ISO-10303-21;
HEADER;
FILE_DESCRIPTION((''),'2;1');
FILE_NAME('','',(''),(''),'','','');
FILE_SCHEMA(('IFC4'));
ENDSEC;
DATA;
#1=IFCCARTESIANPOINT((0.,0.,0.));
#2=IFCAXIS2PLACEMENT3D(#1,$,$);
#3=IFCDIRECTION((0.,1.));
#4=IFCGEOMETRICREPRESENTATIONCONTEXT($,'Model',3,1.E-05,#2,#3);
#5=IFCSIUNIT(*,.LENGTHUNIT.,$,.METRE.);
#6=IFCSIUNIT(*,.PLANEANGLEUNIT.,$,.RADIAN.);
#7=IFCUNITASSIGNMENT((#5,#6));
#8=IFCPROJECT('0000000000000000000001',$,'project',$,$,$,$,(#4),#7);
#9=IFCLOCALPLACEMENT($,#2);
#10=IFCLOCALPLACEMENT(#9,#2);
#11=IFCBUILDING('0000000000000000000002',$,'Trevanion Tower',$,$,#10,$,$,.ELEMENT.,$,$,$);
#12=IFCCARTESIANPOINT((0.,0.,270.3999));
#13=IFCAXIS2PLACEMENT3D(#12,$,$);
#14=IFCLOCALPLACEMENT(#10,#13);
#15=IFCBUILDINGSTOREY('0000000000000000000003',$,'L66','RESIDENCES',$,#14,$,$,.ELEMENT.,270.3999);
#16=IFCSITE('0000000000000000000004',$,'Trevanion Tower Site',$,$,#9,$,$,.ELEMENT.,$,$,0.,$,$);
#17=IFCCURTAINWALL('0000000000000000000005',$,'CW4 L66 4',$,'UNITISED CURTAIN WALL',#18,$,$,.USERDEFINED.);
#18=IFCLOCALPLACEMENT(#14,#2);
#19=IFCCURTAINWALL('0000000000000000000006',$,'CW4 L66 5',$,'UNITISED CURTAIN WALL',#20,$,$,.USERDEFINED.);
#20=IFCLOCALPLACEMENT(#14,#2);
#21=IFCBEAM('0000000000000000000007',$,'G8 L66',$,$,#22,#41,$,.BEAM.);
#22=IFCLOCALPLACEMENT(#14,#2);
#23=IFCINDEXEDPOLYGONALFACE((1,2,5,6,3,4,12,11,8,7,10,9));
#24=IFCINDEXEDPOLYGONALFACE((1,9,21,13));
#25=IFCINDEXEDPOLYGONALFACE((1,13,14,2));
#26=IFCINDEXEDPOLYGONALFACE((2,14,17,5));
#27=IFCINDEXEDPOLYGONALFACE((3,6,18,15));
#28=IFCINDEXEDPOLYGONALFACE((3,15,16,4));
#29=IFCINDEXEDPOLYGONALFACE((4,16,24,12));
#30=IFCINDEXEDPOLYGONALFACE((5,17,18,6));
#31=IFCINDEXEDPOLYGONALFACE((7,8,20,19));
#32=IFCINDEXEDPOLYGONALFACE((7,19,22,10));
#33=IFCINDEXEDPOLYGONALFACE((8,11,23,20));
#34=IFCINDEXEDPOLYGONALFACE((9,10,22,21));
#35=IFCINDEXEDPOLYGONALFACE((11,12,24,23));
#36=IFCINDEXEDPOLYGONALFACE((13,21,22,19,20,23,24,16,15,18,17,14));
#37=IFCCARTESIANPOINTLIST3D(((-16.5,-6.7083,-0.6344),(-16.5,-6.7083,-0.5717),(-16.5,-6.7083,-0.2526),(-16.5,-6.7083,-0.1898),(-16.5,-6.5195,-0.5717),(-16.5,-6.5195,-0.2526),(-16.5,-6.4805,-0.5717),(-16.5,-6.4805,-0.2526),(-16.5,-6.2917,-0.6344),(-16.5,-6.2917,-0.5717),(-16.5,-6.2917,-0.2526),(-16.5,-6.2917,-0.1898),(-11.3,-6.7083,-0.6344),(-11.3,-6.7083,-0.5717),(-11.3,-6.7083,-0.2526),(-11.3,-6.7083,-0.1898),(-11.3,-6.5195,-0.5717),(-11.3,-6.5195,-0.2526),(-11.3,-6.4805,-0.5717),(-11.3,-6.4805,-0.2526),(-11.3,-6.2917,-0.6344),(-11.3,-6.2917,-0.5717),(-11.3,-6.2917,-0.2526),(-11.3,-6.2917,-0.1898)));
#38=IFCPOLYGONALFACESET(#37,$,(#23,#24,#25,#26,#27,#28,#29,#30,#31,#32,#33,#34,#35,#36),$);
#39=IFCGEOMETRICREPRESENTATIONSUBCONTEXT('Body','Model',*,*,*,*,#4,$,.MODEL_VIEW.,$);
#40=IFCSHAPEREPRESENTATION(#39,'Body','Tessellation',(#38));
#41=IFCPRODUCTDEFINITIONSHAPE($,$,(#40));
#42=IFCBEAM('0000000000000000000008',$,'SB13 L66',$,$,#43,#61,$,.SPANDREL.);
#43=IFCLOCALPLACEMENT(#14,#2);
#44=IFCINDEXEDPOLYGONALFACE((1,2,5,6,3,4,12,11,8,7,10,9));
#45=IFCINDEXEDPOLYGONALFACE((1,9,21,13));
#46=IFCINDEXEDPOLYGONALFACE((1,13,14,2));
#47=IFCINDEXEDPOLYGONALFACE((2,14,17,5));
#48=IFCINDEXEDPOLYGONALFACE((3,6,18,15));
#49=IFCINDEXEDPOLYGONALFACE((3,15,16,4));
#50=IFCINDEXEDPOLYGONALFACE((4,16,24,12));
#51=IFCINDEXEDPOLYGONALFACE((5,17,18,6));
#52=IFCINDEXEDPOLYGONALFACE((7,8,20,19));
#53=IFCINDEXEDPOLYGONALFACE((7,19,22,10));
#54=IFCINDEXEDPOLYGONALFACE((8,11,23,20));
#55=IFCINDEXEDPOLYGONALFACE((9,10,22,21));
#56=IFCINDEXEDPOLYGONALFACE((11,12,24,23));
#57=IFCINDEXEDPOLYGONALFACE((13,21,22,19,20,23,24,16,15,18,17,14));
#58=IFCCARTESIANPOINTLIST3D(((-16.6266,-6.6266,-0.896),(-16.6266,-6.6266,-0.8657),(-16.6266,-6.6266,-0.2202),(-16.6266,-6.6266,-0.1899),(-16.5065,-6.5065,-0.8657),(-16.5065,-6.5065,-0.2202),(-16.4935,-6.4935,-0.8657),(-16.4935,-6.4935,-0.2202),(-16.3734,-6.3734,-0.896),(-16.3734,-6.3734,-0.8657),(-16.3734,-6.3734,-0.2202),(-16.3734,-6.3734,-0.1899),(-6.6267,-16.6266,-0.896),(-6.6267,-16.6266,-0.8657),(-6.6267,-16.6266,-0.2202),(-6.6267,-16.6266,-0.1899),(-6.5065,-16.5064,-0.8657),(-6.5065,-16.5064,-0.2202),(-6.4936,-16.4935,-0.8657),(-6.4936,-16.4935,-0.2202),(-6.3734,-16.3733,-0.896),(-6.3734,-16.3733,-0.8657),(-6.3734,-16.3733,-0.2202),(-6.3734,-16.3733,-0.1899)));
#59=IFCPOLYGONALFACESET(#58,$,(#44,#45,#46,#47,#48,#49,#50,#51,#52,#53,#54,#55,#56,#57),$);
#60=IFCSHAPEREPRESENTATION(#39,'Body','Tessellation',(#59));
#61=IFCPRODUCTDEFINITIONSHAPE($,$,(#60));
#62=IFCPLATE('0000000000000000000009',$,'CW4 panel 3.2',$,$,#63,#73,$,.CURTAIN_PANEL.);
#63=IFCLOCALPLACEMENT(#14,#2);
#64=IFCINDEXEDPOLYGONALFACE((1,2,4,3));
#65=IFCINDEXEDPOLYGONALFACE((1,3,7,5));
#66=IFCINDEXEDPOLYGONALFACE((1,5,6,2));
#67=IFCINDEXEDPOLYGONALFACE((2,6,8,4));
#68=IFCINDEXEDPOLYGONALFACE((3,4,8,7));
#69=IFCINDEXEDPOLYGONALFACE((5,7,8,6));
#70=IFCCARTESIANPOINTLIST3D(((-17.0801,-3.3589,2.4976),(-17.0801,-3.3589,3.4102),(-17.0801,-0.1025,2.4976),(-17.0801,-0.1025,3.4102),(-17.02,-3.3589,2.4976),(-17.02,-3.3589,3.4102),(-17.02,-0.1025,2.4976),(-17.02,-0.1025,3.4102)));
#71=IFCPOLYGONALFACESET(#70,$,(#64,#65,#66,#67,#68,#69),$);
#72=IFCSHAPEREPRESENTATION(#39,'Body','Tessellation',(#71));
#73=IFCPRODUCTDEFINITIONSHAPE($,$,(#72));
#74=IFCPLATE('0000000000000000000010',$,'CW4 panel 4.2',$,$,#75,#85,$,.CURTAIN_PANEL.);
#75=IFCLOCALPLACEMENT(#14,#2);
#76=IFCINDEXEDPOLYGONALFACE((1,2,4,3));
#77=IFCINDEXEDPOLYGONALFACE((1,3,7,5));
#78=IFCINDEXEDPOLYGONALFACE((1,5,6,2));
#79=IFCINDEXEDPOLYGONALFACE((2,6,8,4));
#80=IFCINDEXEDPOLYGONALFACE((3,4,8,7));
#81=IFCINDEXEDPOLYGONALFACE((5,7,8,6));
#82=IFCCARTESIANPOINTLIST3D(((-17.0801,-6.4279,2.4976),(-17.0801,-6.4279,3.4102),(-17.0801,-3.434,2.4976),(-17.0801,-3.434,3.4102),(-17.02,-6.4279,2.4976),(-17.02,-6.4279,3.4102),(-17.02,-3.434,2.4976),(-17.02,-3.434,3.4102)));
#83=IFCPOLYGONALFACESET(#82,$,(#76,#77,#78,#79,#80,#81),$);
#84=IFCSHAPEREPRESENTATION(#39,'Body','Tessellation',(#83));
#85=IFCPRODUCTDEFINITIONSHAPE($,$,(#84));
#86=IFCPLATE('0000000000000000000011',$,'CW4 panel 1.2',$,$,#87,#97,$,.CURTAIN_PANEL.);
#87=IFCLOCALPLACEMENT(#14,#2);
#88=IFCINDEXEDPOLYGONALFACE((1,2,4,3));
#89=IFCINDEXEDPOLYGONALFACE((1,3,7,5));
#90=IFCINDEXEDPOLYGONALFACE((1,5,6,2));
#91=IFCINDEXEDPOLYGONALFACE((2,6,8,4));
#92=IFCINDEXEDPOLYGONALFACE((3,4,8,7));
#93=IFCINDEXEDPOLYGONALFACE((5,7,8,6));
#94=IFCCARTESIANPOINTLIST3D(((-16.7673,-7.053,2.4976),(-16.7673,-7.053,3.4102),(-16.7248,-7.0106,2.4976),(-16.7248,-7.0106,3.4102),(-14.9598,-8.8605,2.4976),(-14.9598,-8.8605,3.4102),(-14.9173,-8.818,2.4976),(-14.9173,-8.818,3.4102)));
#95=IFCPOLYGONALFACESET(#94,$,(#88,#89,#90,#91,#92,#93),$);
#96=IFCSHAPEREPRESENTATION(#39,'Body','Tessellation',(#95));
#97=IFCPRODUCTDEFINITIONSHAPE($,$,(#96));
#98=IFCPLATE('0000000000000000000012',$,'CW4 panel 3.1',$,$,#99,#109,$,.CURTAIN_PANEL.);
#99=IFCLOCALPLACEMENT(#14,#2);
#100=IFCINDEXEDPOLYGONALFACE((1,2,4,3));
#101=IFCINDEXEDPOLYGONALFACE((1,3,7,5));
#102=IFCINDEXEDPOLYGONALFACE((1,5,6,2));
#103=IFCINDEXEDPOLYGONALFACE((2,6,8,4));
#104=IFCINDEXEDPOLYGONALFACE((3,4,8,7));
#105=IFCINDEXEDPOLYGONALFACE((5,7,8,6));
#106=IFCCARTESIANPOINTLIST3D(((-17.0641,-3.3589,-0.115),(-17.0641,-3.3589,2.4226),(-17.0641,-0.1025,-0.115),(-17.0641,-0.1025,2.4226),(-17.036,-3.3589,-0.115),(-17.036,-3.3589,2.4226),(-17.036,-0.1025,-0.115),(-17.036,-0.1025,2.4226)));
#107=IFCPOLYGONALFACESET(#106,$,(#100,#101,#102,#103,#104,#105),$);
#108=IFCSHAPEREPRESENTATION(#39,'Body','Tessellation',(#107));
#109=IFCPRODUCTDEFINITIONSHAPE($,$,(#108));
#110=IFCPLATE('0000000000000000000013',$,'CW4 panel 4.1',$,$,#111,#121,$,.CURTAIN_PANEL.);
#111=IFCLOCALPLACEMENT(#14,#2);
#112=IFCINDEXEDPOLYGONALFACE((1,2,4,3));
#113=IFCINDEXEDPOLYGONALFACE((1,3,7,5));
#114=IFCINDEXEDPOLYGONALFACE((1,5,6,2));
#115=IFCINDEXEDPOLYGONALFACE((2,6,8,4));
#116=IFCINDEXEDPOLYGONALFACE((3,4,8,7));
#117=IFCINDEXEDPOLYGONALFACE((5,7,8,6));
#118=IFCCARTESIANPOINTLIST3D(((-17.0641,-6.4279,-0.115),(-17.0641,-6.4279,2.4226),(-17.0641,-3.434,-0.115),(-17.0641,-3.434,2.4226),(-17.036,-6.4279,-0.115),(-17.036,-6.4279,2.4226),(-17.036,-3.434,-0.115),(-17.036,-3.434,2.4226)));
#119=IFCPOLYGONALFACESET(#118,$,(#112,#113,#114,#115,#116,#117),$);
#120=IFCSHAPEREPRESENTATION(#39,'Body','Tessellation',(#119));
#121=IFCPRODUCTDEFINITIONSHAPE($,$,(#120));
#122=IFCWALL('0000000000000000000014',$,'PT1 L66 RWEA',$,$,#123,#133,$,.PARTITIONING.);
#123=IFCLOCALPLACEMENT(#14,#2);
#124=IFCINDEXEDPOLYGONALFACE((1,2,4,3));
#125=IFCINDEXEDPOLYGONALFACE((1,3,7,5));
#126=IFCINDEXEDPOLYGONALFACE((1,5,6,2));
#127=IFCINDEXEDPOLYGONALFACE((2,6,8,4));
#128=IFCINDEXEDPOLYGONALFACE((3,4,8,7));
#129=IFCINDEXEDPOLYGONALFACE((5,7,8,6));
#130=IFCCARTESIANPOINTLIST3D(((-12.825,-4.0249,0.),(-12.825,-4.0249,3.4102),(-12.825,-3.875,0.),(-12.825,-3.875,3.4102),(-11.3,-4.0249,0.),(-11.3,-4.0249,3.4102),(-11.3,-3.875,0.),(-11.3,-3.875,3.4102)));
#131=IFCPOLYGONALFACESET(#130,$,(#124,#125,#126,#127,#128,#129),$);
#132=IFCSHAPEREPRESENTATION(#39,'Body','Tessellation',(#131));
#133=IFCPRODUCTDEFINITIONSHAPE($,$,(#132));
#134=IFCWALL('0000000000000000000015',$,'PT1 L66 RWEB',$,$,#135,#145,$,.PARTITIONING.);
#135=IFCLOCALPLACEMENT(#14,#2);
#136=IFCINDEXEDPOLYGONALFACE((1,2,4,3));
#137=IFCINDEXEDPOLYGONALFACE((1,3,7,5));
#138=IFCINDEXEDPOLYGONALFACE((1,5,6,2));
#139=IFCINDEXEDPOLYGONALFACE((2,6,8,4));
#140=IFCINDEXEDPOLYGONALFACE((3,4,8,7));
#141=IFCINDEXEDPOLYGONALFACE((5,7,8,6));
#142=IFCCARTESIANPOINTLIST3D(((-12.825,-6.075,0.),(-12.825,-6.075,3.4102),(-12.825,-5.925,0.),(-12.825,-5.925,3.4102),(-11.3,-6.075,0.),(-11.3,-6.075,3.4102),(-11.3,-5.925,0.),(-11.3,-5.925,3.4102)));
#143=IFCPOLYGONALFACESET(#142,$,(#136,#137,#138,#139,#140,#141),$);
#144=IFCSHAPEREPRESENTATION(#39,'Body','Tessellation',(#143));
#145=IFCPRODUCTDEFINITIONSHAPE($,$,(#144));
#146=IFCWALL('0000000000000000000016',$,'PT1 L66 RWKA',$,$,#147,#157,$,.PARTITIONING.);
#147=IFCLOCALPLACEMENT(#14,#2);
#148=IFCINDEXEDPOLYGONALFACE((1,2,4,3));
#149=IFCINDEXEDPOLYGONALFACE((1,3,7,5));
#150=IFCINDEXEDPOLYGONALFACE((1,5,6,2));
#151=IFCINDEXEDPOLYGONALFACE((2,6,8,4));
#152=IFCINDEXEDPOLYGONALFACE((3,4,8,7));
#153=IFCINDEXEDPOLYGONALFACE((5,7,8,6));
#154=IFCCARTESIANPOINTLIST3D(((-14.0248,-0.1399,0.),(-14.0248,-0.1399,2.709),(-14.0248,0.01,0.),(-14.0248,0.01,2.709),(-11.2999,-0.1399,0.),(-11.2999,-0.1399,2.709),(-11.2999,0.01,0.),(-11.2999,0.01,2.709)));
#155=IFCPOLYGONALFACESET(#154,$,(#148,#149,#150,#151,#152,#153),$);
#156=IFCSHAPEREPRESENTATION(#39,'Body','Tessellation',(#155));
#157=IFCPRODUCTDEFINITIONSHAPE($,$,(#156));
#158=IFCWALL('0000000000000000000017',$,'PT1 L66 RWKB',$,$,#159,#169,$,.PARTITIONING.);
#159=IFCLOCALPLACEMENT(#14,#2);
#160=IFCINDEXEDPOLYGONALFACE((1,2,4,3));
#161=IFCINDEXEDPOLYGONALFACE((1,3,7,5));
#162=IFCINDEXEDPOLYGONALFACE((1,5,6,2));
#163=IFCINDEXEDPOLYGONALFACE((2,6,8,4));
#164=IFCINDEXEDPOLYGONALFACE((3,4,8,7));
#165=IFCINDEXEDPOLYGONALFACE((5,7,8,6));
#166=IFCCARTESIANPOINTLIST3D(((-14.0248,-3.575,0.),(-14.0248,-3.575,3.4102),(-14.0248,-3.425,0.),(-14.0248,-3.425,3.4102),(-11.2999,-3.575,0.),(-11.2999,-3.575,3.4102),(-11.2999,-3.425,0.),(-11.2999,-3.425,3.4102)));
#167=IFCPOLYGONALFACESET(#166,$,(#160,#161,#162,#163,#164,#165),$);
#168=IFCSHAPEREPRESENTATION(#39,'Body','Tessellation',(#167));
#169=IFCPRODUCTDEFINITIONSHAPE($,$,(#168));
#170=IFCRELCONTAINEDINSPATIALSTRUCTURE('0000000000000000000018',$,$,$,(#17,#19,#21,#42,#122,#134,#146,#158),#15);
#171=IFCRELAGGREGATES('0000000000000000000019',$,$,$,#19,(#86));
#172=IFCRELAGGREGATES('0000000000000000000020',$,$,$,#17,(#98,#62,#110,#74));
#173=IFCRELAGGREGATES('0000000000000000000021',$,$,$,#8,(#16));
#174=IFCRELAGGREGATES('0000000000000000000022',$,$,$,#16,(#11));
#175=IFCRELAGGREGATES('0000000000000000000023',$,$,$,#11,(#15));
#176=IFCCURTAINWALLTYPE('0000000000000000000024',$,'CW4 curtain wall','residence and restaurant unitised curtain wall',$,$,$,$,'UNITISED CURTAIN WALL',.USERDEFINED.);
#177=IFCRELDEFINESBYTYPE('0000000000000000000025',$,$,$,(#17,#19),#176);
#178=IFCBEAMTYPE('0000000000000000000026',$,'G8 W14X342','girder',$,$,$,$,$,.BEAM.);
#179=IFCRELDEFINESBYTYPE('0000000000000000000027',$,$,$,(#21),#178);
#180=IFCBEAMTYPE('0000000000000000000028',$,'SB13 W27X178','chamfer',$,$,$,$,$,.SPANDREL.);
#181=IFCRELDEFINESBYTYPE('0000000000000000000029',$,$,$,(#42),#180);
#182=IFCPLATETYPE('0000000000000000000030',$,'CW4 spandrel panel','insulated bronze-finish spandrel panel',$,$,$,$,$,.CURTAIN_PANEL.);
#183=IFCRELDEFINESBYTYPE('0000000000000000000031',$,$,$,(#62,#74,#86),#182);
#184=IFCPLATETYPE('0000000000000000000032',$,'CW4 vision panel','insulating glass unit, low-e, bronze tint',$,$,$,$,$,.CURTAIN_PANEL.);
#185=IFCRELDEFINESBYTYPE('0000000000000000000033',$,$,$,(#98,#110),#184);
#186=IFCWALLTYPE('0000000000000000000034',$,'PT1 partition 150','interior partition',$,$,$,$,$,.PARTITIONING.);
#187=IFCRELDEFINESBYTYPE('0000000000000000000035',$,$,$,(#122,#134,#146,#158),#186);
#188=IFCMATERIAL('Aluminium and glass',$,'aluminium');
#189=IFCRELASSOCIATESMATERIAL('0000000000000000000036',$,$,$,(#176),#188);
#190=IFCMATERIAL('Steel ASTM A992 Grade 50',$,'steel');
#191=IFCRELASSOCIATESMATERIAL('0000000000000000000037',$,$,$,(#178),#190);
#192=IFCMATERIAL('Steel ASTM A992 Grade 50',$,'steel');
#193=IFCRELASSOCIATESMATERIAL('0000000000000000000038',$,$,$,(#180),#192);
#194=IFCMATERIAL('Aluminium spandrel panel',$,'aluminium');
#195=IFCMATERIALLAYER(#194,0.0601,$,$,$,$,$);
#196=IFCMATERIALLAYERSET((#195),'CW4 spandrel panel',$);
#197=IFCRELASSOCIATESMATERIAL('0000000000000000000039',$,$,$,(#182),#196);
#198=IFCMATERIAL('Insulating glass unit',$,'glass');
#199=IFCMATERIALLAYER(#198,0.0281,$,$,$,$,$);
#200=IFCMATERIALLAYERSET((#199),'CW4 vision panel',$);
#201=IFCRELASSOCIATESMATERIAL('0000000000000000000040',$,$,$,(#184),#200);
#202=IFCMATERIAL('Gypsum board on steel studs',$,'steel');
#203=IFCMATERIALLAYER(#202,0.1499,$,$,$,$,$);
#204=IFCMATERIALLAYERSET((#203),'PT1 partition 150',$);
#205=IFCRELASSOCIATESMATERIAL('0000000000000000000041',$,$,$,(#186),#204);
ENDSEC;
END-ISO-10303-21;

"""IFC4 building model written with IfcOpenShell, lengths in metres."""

from ifc_helpers import new_model, si_unit, direction, frame, frame_2d, origin, origin_2d, place, context, subcontext, project, spatial, rectangle, i_section, extrude, material, layer, layer_set, material_profile, profile_set, type_object, element, aggregate, save


model = new_model("IFC4")

# Units and contexts
model_context = context("Model", 3, precision=1e-05, world=origin(), true_north=direction((0.0, 1.0)))
body_context = subcontext(model_context, "Body", "Model", "MODEL_VIEW")
ifc_project = project(units=[si_unit("LENGTHUNIT", "METRE"), si_unit("PLANEANGLEUNIT", "RADIAN")], contexts=[model_context])

# Site, building, storey
site_placement = place(None, origin())
site = spatial("IfcSite", under=ifc_project, at=site_placement, Name="Trevanion Tower Site", CompositionType="ELEMENT", RefElevation=0.0)
building_placement = place(site_placement, origin())
building = spatial("IfcBuilding", under=site, at=building_placement, Name="Trevanion Tower", CompositionType="ELEMENT")
storey_placement = place(building_placement, frame((0.0, 0.0, 270.3999)))
storey = spatial("IfcBuildingStorey", under=building, at=storey_placement, Name="L66", Description="RESIDENCES", CompositionType="ELEMENT", Elevation=270.3999)

# Curtain wall
ifc_material_1 = material(Name="Aluminium and glass", Category="aluminium")
curtain_wall_type = type_object("IfcCurtainWallType", Name="CW4 curtain wall", Description="residence and restaurant unitised curtain wall", ElementType="UNITISED CURTAIN WALL", PredefinedType="USERDEFINED", material=ifc_material_1)
curtain_wall_1_placement = place(storey_placement, origin())
curtain_wall_1 = element("IfcCurtainWall", 1, at=curtain_wall_1_placement, inside=storey, type_object=curtain_wall_type, Name="CW4 L66 4", ObjectType="UNITISED CURTAIN WALL", PredefinedType="USERDEFINED")

# Curtain wall
curtain_wall_2_placement = place(storey_placement, origin())
curtain_wall_2 = element("IfcCurtainWall", 2, at=curtain_wall_2_placement, inside=storey, type_object=curtain_wall_type, Name="CW4 L66 5", ObjectType="UNITISED CURTAIN WALL", PredefinedType="USERDEFINED")

# Beams
ifc_material_2 = material(Name="Steel ASTM A992 Grade 50", Category="steel")
ifc_material_profile_1 = material_profile(ifc_material_2, i_section(OverallWidth=0.4165, OverallDepth=0.4446, WebThickness=0.0391, FlangeThickness=0.0627, at=origin_2d()), Name="W14X342")
ifc_profile_set_1 = profile_set([ifc_material_profile_1], Name="Steel ASTM A992 Grade 50")
beam_type_1 = type_object("IfcBeamType", Name="G8 W14X342", Description="girder", PredefinedType="BEAM", material=ifc_profile_set_1)
beam_1_placement = place(storey_placement, frame((-11.3, -6.5, -0.4121), z_axis=(-1.0, 0.0, 0.0), x_axis=(0.0, -1.0, 0.0)))
element("IfcBeam", 3, at=beam_1_placement, inside=storey, type_object=beam_type_1, Name="G8 L66", PredefinedType="BEAM", context=body_context, shape_type="SweptSolid", body=[
    extrude(i_section(OverallWidth=0.4165, OverallDepth=0.4446, WebThickness=0.0391, FlangeThickness=0.0627, at=origin_2d()), origin(), (0.0, 0.0, 1.0), 5.2),
])
ifc_material_3 = material(Name="Steel ASTM A992 Grade 50", Category="steel")
ifc_material_profile_2 = material_profile(ifc_material_3, i_section(OverallWidth=0.3582, OverallDepth=0.7061, WebThickness=0.0183, FlangeThickness=0.0303, at=origin_2d()), Name="W27X178")
ifc_profile_set_2 = profile_set([ifc_material_profile_2], Name="Steel ASTM A992 Grade 50")
beam_type_2 = type_object("IfcBeamType", Name="SB13 W27X178", Description="chamfer", PredefinedType="SPANDREL", material=ifc_profile_set_2)
beam_2_placement = place(storey_placement, frame((-16.5, -6.5, -0.543), z_axis=(0.707107, -0.707107, 0.0), x_axis=(0.707107, 0.707107, 0.0)))
element("IfcBeam", 4, at=beam_2_placement, inside=storey, type_object=beam_type_2, Name="SB13 L66", PredefinedType="SPANDREL", context=body_context, shape_type="SweptSolid", body=[
    extrude(i_section(OverallWidth=0.3582, OverallDepth=0.7061, WebThickness=0.0183, FlangeThickness=0.0303, at=origin_2d()), origin(), (0.0, 0.0, 1.0), 14.1421),
])

# Plates
ifc_material_4 = material(Name="Aluminium spandrel panel", Category="aluminium")
ifc_layer_1 = layer(ifc_material_4, 0.0601)
ifc_layer_set_1 = layer_set([ifc_layer_1], Name="CW4 spandrel panel")
plate_type_1 = type_object("IfcPlateType", Name="CW4 spandrel panel", Description="insulated bronze-finish spandrel panel", PredefinedType="CURTAIN_PANEL", material=ifc_layer_set_1)
plate_1_placement = place(storey_placement, frame((-17.05, -1.7307, 2.4976), z_axis=(0.0, 0.0, 1.0), x_axis=(0.0, -1.0, 0.0)))
plate_1 = element("IfcPlate", 5, at=plate_1_placement, type_object=plate_type_1, Name="CW4 panel 3.2", PredefinedType="CURTAIN_PANEL", context=body_context, shape_type="SweptSolid", body=[
    extrude(rectangle(XDim=3.2563, YDim=0.0601, at=origin_2d()), origin(), (0.0, 0.0, 1.0), 0.9126),
])
plate_2_placement = place(storey_placement, frame((-17.05, -4.9309, 2.4976), z_axis=(0.0, 0.0, 1.0), x_axis=(0.0, -1.0, 0.0)))
plate_2 = element("IfcPlate", 6, at=plate_2_placement, type_object=plate_type_1, Name="CW4 panel 4.2", PredefinedType="CURTAIN_PANEL", context=body_context, shape_type="SweptSolid", body=[
    extrude(rectangle(XDim=2.9939, YDim=0.0601, at=origin_2d()), origin(), (0.0, 0.0, 1.0), 0.9126),
])
plate_3_placement = place(storey_placement, frame((-15.8423, -7.9355, 2.4976), z_axis=(0.0, 0.0, 1.0), x_axis=(0.707107, -0.707107, 0.0)))
plate_3 = element("IfcPlate", 7, at=plate_3_placement, type_object=plate_type_1, Name="CW4 panel 1.2", PredefinedType="CURTAIN_PANEL", context=body_context, shape_type="SweptSolid", body=[
    extrude(rectangle(XDim=2.5562, YDim=0.0601, at=origin_2d()), origin(), (0.0, 0.0, 1.0), 0.9126),
])
aggregate(curtain_wall_2, [plate_3])
ifc_material_5 = material(Name="Insulating glass unit", Category="glass")
ifc_layer_2 = layer(ifc_material_5, 0.0281)
ifc_layer_set_2 = layer_set([ifc_layer_2], Name="CW4 vision panel")
plate_type_2 = type_object("IfcPlateType", Name="CW4 vision panel", Description="insulating glass unit, low-e, bronze tint", PredefinedType="CURTAIN_PANEL", material=ifc_layer_set_2)
plate_4_placement = place(storey_placement, frame((-17.05, -1.7307, -0.115), z_axis=(0.0, 0.0, 1.0), x_axis=(0.0, -1.0, 0.0)))
plate_4 = element("IfcPlate", 8, at=plate_4_placement, type_object=plate_type_2, Name="CW4 panel 3.1", PredefinedType="CURTAIN_PANEL", context=body_context, shape_type="SweptSolid", body=[
    extrude(rectangle(XDim=3.2563, YDim=0.0281, at=origin_2d()), origin(), (0.0, 0.0, 1.0), 2.5376),
])
plate_5_placement = place(storey_placement, frame((-17.05, -4.9309, -0.115), z_axis=(0.0, 0.0, 1.0), x_axis=(0.0, -1.0, 0.0)))
plate_5 = element("IfcPlate", 9, at=plate_5_placement, type_object=plate_type_2, Name="CW4 panel 4.1", PredefinedType="CURTAIN_PANEL", context=body_context, shape_type="SweptSolid", body=[
    extrude(rectangle(XDim=2.9939, YDim=0.0281, at=origin_2d()), origin(), (0.0, 0.0, 1.0), 2.5376),
])
aggregate(curtain_wall_1, [plate_4, plate_1, plate_5, plate_2])

# Walls
ifc_material_6 = material(Name="Gypsum board on steel studs", Category="steel")
ifc_layer_3 = layer(ifc_material_6, 0.1499)
ifc_layer_set_3 = layer_set([ifc_layer_3], Name="PT1 partition 150")
wall_type_1 = type_object("IfcWallType", Name="PT1 partition 150", Description="interior partition", PredefinedType="PARTITIONING", material=ifc_layer_set_3)
for number, where, z_axis, x_axis, name in (
    (10, (-11.3, -3.95, 0.0), (0.0, 0.0, 1.0), (-1.0, 0.0, 0.0), "PT1 L66 RWEA"),
    (11, (-11.3, -6.0, 0.0), (0.0, 0.0, 1.0), (-1.0, 0.0, 0.0), "PT1 L66 RWEB"),
):
    element("IfcWall", number, at=place(storey_placement, frame(where, z_axis=z_axis, x_axis=x_axis)), inside=storey, type_object=wall_type_1, Name=name, PredefinedType="PARTITIONING", context=body_context, shape_type="SweptSolid", body=[
        extrude(rectangle(XDim=1.5249, YDim=0.1499, at=frame_2d((0.7625, 0.0))), origin(), (0.0, 0.0, 1.0), 3.4102),
    ])
wall_1_placement = place(storey_placement, frame((-11.3, -0.0649, 0.0), z_axis=(0.0, 0.0, 1.0), x_axis=(-1.0, 0.0, 0.0)))
element("IfcWall", 12, at=wall_1_placement, inside=storey, type_object=wall_type_1, Name="PT1 L66 RWKA", PredefinedType="PARTITIONING", context=body_context, shape_type="SweptSolid", body=[
    extrude(rectangle(XDim=2.7249, YDim=0.1499, at=frame_2d((1.3623, 0.0))), origin(), (0.0, 0.0, 1.0), 2.709),
])
wall_2_placement = place(storey_placement, frame((-11.3, -3.5, 0.0), z_axis=(0.0, 0.0, 1.0), x_axis=(-1.0, 0.0, 0.0)))
element("IfcWall", 13, at=wall_2_placement, inside=storey, type_object=wall_type_1, Name="PT1 L66 RWKB", PredefinedType="PARTITIONING", context=body_context, shape_type="SweptSolid", body=[
    extrude(rectangle(XDim=2.7249, YDim=0.1499, at=frame_2d((1.3623, 0.0))), origin(), (0.0, 0.0, 1.0), 3.4102),
])

save(model, "model.ifc")
